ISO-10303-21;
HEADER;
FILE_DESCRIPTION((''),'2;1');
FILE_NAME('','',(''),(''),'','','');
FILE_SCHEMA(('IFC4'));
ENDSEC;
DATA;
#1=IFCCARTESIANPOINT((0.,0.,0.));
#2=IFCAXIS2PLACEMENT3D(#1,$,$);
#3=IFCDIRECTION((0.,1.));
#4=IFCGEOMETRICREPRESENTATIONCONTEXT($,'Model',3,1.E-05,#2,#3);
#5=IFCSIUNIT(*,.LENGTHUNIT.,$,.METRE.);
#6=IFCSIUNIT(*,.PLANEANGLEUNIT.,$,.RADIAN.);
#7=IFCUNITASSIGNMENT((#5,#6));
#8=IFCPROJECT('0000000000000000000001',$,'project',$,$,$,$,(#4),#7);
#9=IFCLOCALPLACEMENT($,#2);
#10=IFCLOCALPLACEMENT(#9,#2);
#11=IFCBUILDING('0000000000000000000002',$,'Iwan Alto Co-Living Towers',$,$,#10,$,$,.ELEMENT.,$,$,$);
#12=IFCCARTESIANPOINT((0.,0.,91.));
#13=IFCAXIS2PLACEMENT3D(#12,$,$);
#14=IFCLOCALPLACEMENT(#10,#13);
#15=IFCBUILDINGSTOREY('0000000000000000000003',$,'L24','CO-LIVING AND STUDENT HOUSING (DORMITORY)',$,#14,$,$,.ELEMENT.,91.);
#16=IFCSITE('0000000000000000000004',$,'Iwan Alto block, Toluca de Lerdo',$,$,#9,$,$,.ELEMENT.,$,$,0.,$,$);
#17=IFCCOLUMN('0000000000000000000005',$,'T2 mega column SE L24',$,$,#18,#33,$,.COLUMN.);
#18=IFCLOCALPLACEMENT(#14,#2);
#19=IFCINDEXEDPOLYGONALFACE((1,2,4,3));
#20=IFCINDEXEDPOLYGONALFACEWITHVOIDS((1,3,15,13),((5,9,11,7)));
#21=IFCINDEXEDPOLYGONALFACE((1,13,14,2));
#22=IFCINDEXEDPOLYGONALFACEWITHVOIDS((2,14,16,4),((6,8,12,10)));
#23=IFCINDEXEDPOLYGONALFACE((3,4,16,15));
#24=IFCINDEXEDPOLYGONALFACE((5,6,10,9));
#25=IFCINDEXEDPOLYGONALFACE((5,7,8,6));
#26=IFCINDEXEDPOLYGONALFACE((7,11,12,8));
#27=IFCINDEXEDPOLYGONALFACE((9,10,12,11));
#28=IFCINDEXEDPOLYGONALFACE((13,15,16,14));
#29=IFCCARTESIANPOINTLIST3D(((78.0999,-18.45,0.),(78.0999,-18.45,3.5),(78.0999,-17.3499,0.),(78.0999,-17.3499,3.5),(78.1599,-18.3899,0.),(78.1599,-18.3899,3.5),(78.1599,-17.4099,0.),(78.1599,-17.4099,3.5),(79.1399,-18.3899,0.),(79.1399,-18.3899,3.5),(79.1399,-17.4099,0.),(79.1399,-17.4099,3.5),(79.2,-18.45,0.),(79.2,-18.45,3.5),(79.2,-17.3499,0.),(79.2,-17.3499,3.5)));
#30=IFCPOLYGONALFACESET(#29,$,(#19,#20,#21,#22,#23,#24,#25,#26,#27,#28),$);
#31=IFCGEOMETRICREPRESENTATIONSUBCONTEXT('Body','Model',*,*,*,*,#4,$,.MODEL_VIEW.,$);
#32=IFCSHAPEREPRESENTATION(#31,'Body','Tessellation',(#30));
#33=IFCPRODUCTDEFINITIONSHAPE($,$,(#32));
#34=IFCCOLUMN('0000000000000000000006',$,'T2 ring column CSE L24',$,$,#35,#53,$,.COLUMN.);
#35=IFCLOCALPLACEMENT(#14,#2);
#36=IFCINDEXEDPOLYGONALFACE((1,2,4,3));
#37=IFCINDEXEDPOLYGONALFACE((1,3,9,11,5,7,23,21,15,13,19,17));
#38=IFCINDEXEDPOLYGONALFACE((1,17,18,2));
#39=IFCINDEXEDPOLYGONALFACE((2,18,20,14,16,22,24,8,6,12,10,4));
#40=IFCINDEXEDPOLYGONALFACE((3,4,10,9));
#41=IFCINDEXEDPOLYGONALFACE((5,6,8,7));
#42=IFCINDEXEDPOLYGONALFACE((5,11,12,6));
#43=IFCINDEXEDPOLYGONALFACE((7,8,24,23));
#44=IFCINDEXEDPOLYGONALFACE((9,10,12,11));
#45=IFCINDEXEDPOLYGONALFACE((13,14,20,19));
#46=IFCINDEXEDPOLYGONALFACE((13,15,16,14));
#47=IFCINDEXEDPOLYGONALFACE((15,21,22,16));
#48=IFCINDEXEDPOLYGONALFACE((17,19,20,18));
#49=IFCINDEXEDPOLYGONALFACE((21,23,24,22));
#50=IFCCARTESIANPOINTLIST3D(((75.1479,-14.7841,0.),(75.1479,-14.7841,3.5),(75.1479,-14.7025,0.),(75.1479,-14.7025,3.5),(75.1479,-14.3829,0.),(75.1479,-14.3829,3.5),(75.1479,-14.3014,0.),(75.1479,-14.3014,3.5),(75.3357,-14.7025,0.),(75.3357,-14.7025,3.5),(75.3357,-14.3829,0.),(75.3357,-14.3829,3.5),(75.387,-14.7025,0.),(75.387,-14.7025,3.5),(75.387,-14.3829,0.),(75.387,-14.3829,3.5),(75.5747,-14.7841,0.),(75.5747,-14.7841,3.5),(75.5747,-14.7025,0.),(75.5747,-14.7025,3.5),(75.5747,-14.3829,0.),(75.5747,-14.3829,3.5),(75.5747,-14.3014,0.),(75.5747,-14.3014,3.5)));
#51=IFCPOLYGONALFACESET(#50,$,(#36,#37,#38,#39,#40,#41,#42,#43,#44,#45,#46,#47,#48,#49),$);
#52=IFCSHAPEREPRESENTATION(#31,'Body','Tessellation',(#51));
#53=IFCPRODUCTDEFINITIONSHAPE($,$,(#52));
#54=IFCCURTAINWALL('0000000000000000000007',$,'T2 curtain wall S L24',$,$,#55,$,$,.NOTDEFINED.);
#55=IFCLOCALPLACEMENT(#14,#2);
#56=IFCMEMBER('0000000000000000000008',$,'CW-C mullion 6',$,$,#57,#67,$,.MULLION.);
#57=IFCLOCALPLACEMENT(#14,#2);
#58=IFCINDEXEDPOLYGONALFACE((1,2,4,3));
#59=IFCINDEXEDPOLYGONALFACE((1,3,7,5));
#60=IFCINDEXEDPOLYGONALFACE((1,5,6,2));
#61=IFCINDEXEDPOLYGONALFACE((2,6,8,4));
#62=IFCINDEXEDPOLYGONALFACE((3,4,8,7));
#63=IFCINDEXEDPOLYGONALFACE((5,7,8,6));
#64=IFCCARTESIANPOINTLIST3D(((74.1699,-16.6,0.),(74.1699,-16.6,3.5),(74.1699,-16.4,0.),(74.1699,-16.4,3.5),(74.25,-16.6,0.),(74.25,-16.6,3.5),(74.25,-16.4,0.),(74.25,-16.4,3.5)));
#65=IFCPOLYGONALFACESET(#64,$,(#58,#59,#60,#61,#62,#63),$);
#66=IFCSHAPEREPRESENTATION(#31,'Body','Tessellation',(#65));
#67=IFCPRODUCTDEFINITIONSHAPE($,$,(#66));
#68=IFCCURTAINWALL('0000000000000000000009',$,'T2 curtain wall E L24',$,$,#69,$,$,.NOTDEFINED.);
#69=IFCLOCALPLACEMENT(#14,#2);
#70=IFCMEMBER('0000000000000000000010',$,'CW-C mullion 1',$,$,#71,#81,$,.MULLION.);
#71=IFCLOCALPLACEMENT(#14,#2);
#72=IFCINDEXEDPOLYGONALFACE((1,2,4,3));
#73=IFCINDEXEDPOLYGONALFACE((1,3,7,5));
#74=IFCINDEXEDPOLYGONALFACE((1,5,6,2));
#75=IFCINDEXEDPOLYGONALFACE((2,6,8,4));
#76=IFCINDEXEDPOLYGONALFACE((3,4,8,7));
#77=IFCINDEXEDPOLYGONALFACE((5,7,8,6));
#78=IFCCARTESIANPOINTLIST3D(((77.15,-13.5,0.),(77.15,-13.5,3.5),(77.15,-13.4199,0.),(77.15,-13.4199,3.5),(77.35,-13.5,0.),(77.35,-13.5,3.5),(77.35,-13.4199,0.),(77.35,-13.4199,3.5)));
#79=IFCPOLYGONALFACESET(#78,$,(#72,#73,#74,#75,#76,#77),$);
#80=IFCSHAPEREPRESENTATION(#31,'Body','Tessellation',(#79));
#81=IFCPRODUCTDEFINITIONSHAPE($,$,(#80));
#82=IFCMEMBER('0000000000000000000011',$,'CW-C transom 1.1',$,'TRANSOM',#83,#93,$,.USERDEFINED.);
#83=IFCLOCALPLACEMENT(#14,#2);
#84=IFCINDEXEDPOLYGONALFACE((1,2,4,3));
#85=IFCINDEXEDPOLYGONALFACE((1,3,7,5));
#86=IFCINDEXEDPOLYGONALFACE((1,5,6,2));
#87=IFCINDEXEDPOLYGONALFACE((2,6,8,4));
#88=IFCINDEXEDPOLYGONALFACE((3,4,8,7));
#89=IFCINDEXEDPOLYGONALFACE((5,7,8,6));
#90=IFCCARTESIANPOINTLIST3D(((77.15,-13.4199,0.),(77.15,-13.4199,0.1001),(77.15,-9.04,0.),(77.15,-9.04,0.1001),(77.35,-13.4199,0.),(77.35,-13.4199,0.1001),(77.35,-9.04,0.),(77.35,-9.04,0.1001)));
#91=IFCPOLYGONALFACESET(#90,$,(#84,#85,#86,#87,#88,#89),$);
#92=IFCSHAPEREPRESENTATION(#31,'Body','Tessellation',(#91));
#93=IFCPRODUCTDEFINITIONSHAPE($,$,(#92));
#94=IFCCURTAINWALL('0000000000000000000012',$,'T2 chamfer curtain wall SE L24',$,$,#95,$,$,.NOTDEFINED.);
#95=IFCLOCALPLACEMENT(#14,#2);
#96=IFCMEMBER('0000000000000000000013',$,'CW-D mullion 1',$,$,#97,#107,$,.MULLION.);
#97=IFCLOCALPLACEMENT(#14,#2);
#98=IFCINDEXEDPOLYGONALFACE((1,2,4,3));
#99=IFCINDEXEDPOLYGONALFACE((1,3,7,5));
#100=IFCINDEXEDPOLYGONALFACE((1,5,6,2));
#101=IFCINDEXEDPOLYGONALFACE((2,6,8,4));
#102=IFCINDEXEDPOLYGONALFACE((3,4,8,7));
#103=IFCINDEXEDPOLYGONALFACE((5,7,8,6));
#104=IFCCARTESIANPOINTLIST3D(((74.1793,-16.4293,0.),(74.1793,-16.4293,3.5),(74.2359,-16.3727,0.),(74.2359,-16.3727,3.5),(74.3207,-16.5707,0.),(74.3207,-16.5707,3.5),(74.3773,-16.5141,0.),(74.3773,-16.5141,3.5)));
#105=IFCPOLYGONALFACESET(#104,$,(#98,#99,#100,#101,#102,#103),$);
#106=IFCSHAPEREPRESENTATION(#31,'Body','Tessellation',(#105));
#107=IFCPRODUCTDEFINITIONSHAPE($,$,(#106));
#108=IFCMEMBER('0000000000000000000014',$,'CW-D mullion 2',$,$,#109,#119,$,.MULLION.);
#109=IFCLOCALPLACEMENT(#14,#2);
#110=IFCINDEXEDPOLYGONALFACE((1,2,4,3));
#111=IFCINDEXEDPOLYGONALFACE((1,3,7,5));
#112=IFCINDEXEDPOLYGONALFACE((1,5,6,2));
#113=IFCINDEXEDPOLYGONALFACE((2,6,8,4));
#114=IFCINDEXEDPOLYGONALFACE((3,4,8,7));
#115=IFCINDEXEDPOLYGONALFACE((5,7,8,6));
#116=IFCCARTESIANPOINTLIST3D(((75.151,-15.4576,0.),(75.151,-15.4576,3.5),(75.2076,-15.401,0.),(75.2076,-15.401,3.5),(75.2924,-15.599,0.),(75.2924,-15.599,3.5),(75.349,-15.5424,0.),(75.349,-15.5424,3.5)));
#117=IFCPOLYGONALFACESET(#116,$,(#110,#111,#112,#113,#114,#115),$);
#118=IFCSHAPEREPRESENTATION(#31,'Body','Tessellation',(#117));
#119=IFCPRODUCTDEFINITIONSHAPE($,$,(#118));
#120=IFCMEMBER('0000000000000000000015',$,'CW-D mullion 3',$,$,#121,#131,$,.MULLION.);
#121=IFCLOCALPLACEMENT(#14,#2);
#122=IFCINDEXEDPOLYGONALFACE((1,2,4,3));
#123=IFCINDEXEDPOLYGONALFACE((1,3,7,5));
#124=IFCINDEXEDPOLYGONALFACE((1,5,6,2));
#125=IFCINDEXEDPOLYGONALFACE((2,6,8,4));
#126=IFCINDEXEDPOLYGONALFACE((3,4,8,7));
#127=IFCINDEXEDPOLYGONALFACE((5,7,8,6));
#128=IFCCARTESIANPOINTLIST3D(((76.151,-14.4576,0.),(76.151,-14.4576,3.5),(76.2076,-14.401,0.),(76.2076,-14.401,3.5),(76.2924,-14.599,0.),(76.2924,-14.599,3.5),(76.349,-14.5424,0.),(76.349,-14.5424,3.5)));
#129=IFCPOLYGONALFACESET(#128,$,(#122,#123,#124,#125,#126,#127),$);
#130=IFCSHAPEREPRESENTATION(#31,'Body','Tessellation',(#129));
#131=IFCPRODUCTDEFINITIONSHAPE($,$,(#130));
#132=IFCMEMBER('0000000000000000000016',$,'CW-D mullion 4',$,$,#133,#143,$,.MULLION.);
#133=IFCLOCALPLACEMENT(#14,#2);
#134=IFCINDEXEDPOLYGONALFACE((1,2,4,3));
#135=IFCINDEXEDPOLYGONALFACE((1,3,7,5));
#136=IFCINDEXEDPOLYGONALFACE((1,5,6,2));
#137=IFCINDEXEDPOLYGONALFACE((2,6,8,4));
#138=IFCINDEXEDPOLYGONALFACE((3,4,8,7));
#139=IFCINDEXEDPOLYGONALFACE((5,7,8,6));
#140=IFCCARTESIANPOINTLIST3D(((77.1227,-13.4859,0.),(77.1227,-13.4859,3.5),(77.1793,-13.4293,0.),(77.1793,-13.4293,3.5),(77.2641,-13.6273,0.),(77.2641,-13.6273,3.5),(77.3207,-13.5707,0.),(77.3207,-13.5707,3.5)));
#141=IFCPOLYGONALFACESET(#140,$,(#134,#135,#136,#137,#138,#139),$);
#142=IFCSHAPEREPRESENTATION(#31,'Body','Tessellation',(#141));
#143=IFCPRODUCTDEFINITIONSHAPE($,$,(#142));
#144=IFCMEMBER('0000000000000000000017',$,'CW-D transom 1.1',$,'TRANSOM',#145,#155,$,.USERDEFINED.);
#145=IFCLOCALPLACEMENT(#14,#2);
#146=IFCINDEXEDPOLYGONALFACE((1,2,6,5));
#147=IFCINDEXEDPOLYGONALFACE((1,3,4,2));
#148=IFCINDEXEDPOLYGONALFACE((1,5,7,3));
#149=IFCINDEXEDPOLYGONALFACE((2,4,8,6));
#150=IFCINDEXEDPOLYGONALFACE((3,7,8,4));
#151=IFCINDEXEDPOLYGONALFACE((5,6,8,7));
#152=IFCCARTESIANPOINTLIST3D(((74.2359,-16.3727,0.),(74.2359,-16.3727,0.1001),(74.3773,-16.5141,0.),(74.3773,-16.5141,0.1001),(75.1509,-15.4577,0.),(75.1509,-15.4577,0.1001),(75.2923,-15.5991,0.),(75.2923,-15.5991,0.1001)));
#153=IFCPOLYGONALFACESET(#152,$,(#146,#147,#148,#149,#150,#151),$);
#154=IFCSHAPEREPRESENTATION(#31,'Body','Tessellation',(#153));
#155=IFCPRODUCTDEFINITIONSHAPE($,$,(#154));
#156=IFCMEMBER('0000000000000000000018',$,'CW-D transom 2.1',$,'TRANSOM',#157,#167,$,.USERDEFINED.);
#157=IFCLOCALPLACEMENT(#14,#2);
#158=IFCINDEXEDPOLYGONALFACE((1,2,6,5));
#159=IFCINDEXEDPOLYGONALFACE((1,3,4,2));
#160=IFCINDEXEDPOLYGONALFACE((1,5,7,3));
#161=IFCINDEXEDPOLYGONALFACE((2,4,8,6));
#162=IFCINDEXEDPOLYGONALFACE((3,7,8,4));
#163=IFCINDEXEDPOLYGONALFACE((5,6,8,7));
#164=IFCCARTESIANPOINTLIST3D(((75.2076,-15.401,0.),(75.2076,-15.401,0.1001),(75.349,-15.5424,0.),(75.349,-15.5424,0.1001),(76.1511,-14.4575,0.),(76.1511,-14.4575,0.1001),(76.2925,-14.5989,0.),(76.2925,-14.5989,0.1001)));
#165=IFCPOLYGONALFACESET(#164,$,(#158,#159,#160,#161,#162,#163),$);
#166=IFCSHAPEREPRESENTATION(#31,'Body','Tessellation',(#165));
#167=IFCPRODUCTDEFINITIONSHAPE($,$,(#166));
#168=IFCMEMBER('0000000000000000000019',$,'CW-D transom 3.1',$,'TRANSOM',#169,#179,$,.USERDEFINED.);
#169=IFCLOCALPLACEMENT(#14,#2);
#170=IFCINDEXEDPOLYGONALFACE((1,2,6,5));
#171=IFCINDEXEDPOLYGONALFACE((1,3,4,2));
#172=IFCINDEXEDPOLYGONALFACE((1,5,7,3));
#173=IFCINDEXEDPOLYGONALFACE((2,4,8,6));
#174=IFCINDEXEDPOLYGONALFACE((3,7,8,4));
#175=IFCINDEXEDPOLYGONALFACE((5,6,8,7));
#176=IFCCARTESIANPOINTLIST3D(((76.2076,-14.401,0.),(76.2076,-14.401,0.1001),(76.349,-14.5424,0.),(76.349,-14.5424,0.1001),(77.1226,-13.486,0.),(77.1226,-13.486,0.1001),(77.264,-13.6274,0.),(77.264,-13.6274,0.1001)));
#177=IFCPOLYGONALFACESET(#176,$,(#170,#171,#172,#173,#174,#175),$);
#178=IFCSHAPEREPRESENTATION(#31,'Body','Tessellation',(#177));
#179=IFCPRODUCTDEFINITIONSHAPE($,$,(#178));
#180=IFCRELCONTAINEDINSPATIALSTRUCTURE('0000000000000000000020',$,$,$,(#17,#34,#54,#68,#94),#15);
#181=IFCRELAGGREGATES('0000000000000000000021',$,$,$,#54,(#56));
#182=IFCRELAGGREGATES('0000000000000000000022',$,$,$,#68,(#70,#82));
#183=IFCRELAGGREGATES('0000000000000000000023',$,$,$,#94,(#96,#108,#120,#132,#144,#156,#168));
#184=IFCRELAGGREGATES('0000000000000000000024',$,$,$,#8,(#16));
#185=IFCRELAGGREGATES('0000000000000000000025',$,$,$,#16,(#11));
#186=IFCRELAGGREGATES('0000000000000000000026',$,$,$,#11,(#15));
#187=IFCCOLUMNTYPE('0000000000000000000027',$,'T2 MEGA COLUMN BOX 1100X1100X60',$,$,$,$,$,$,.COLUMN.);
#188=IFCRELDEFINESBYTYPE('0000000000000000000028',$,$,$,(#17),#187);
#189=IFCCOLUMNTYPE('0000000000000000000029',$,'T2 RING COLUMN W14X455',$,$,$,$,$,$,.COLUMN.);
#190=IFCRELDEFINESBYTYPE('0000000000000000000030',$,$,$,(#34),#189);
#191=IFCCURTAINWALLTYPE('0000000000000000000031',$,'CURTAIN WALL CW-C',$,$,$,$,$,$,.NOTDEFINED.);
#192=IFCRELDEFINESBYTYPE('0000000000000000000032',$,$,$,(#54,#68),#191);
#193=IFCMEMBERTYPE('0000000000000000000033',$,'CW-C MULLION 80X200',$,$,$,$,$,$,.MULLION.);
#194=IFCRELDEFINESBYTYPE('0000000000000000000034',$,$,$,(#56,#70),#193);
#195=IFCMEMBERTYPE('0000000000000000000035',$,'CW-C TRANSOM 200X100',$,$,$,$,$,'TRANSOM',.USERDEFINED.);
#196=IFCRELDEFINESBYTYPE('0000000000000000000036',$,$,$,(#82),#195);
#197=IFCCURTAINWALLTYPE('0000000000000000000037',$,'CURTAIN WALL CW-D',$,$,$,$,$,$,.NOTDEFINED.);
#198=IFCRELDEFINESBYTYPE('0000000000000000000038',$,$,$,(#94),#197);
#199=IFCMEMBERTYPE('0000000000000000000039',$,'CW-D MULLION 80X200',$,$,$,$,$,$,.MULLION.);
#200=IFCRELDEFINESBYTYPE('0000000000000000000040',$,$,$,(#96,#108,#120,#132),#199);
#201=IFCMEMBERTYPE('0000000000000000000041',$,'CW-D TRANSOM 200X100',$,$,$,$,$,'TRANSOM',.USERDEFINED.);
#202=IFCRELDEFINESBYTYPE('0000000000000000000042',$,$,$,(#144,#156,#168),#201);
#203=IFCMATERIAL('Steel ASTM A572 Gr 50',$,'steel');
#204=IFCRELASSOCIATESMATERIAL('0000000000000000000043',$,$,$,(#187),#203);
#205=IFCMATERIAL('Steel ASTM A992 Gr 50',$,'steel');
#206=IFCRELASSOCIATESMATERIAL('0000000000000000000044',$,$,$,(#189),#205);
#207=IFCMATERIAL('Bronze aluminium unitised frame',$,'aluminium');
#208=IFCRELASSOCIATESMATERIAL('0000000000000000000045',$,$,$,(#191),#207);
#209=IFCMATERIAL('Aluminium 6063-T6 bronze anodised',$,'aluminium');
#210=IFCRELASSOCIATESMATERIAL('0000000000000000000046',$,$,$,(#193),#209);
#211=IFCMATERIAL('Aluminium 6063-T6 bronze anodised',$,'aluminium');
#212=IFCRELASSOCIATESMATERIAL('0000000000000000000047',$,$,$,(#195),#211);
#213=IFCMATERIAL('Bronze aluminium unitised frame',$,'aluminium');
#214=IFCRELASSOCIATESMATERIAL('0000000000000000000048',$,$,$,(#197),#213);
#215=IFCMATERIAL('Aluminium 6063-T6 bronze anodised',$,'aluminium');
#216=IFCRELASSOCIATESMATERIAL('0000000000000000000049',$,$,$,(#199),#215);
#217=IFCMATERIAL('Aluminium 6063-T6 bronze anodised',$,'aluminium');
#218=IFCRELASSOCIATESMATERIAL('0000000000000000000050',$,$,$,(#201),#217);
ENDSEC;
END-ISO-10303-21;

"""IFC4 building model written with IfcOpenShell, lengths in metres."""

from ifc_helpers import new_model, si_unit, direction, frame, origin, origin_2d, place, context, subcontext, project, spatial, rectangle, hollow_rectangle, i_section, extrude, material, material_profile, profile_set, type_object, element, aggregate, save


model = new_model("IFC4")

# Units and contexts
model_context = context("Model", 3, precision=1e-05, world=origin(), true_north=direction((0.0, 1.0)))
body_context = subcontext(model_context, "Body", "Model", "MODEL_VIEW")
ifc_project = project(units=[si_unit("LENGTHUNIT", "METRE"), si_unit("PLANEANGLEUNIT", "RADIAN")], contexts=[model_context])

# Site, building, storey
site_placement = place(None, origin())
site = spatial("IfcSite", under=ifc_project, at=site_placement, Name="Iwan Alto block, Toluca de Lerdo", CompositionType="ELEMENT", RefElevation=0.0)
building_placement = place(site_placement, origin())
building = spatial("IfcBuilding", under=site, at=building_placement, Name="Iwan Alto Co-Living Towers", CompositionType="ELEMENT")
storey_placement = place(building_placement, frame((0.0, 0.0, 91.0)))
storey = spatial("IfcBuildingStorey", under=building, at=storey_placement, Name="L24", Description="CO-LIVING AND STUDENT HOUSING (DORMITORY)", CompositionType="ELEMENT", Elevation=91.0)

# Columns
ifc_material_1 = material(Name="Steel ASTM A572 Gr 50", Category="steel")
ifc_material_profile_1 = material_profile(ifc_material_1, hollow_rectangle(XDim=1.1001, YDim=1.1001, WallThickness=0.0601, at=origin_2d()), Name="BOX 1100X1100X60")
ifc_profile_set_1 = profile_set([ifc_material_profile_1], Name="Steel ASTM A572 Gr 50")
column_type_1 = type_object("IfcColumnType", Name="T2 MEGA COLUMN BOX 1100X1100X60", PredefinedType="COLUMN", material=ifc_profile_set_1)
column_1_placement = place(storey_placement, frame((78.6499, -17.8999, 0.0), z_axis=(0.0, 0.0, 1.0), x_axis=(1.0, 0.0, 0.0)))
element("IfcColumn", 1, at=column_1_placement, inside=storey, type_object=column_type_1, Name="T2 mega column SE L24", PredefinedType="COLUMN", context=body_context, shape_type="SweptSolid", body=[
    extrude(hollow_rectangle(XDim=1.1001, YDim=1.1001, WallThickness=0.0601, at=origin_2d()), origin(), (0.0, 0.0, 1.0), 3.5),
])
ifc_material_2 = material(Name="Steel ASTM A992 Gr 50", Category="steel")
ifc_material_profile_2 = material_profile(ifc_material_2, i_section(OverallWidth=0.4268, OverallDepth=0.4827, WebThickness=0.0513, FlangeThickness=0.0815, at=origin_2d()), Name="W14X455")
ifc_profile_set_2 = profile_set([ifc_material_profile_2], Name="Steel ASTM A992 Gr 50")
column_type_2 = type_object("IfcColumnType", Name="T2 RING COLUMN W14X455", PredefinedType="COLUMN", material=ifc_profile_set_2)
column_2_placement = place(storey_placement, frame((75.3613, -14.5427, 0.0), z_axis=(0.0, 0.0, 1.0), x_axis=(1.0, 0.0, 0.0)))
element("IfcColumn", 2, at=column_2_placement, inside=storey, type_object=column_type_2, Name="T2 ring column CSE L24", PredefinedType="COLUMN", context=body_context, shape_type="SweptSolid", body=[
    extrude(i_section(OverallWidth=0.4268, OverallDepth=0.4827, WebThickness=0.0513, FlangeThickness=0.0815, at=origin_2d()), origin(), (0.0, 0.0, 1.0), 3.5),
])

# Curtain wall, member
ifc_material_3 = material(Name="Bronze aluminium unitised frame", Category="aluminium")
curtain_wall_type_1 = type_object("IfcCurtainWallType", Name="CURTAIN WALL CW-C", PredefinedType="NOTDEFINED", material=ifc_material_3)
curtain_wall_1_placement = place(storey_placement, origin())
curtain_wall_1 = element("IfcCurtainWall", 3, at=curtain_wall_1_placement, inside=storey, type_object=curtain_wall_type_1, Name="T2 curtain wall S L24", PredefinedType="NOTDEFINED")
ifc_material_4 = material(Name="Aluminium 6063-T6 bronze anodised", Category="aluminium")
ifc_material_profile_3 = material_profile(ifc_material_4, rectangle(XDim=0.2, YDim=0.0801, at=origin_2d()), Name="AL 80X200")
ifc_profile_set_3 = profile_set([ifc_material_profile_3], Name="Aluminium 6063-T6 bronze anodised")
member_type_1 = type_object("IfcMemberType", Name="CW-C MULLION 80X200", PredefinedType="MULLION", material=ifc_profile_set_3)
member_1_placement = place(storey_placement, frame((74.21, -16.5, 0.0), z_axis=(0.0, 0.0, 1.0), x_axis=(0.0, 1.0, 0.0)))
member_1 = element("IfcMember", 4, at=member_1_placement, type_object=member_type_1, Name="CW-C mullion 6", PredefinedType="MULLION", context=body_context, shape_type="SweptSolid", body=[
    extrude(rectangle(XDim=0.2, YDim=0.0801, at=origin_2d()), origin(), (0.0, 0.0, 1.0), 3.5),
])
aggregate(curtain_wall_1, [member_1])

# Curtain walls, members
curtain_wall_2_placement = place(storey_placement, origin())
curtain_wall_2 = element("IfcCurtainWall", 5, at=curtain_wall_2_placement, inside=storey, type_object=curtain_wall_type_1, Name="T2 curtain wall E L24", PredefinedType="NOTDEFINED")
member_2_placement = place(storey_placement, frame((77.25, -13.46, 0.0), z_axis=(0.0, 0.0, 1.0), x_axis=(-1.0, 0.0, 0.0)))
member_2 = element("IfcMember", 6, at=member_2_placement, type_object=member_type_1, Name="CW-C mullion 1", PredefinedType="MULLION", context=body_context, shape_type="SweptSolid", body=[
    extrude(rectangle(XDim=0.2, YDim=0.0801, at=origin_2d()), origin(), (0.0, 0.0, 1.0), 3.5),
])
ifc_material_5 = material(Name="Aluminium 6063-T6 bronze anodised", Category="aluminium")
ifc_material_profile_4 = material_profile(ifc_material_5, rectangle(XDim=0.2, YDim=0.1001, at=origin_2d()), Name="AL 200X100")
ifc_profile_set_4 = profile_set([ifc_material_profile_4], Name="Aluminium 6063-T6 bronze anodised")
member_type_2 = type_object("IfcMemberType", Name="CW-C TRANSOM 200X100", ElementType="TRANSOM", PredefinedType="USERDEFINED", material=ifc_profile_set_4)
member_3_placement = place(storey_placement, frame((77.25, -13.4199, 0.05), z_axis=(0.0, 1.0, 0.0), x_axis=(-1.0, 0.0, 0.0)))
member_3 = element("IfcMember", 7, at=member_3_placement, type_object=member_type_2, Name="CW-C transom 1.1", ObjectType="TRANSOM", PredefinedType="USERDEFINED", context=body_context, shape_type="SweptSolid", body=[
    extrude(rectangle(XDim=0.2, YDim=0.1001, at=origin_2d()), origin(), (0.0, 0.0, 1.0), 4.3799),
])
aggregate(curtain_wall_2, [member_2, member_3])
ifc_material_6 = material(Name="Bronze aluminium unitised frame", Category="aluminium")
curtain_wall_type_2 = type_object("IfcCurtainWallType", Name="CURTAIN WALL CW-D", PredefinedType="NOTDEFINED", material=ifc_material_6)
curtain_wall_3_placement = place(storey_placement, origin())
curtain_wall_3 = element("IfcCurtainWall", 8, at=curtain_wall_3_placement, inside=storey, type_object=curtain_wall_type_2, Name="T2 chamfer curtain wall SE L24", PredefinedType="NOTDEFINED")
ifc_material_7 = material(Name="Aluminium 6063-T6 bronze anodised", Category="aluminium")
ifc_material_profile_5 = material_profile(ifc_material_7, rectangle(XDim=0.2, YDim=0.0801, at=origin_2d()), Name="AL 80X200")
ifc_profile_set_5 = profile_set([ifc_material_profile_5], Name="Aluminium 6063-T6 bronze anodised")
member_type_3 = type_object("IfcMemberType", Name="CW-D MULLION 80X200", PredefinedType="MULLION", material=ifc_profile_set_5)
member_4_placement = place(storey_placement, frame((74.2783, -16.4717, 0.0), z_axis=(0.0, 0.0, 1.0), x_axis=(-0.707107, 0.707107, 0.0)))
member_4 = element("IfcMember", 9, at=member_4_placement, type_object=member_type_3, Name="CW-D mullion 1", PredefinedType="MULLION", context=body_context, shape_type="SweptSolid", body=[
    extrude(rectangle(XDim=0.2, YDim=0.0801, at=origin_2d()), origin(), (0.0, 0.0, 1.0), 3.5),
])
member_5_placement = place(storey_placement, frame((75.25, -15.5, 0.0), z_axis=(0.0, 0.0, 1.0), x_axis=(-0.707107, 0.707107, 0.0)))
member_5 = element("IfcMember", 10, at=member_5_placement, type_object=member_type_3, Name="CW-D mullion 2", PredefinedType="MULLION", context=body_context, shape_type="SweptSolid", body=[
    extrude(rectangle(XDim=0.2, YDim=0.0801, at=origin_2d()), origin(), (0.0, 0.0, 1.0), 3.5),
])
member_6_placement = place(storey_placement, frame((76.25, -14.5, 0.0), z_axis=(0.0, 0.0, 1.0), x_axis=(-0.707107, 0.707107, 0.0)))
member_6 = element("IfcMember", 11, at=member_6_placement, type_object=member_type_3, Name="CW-D mullion 3", PredefinedType="MULLION", context=body_context, shape_type="SweptSolid", body=[
    extrude(rectangle(XDim=0.2, YDim=0.0801, at=origin_2d()), origin(), (0.0, 0.0, 1.0), 3.5),
])
member_7_placement = place(storey_placement, frame((77.2217, -13.5283, 0.0), z_axis=(0.0, 0.0, 1.0), x_axis=(-0.707107, 0.707107, 0.0)))
member_7 = element("IfcMember", 12, at=member_7_placement, type_object=member_type_3, Name="CW-D mullion 4", PredefinedType="MULLION", context=body_context, shape_type="SweptSolid", body=[
    extrude(rectangle(XDim=0.2, YDim=0.0801, at=origin_2d()), origin(), (0.0, 0.0, 1.0), 3.5),
])
ifc_material_8 = material(Name="Aluminium 6063-T6 bronze anodised", Category="aluminium")
ifc_material_profile_6 = material_profile(ifc_material_8, rectangle(XDim=0.2, YDim=0.1001, at=origin_2d()), Name="AL 200X100")
ifc_profile_set_6 = profile_set([ifc_material_profile_6], Name="Aluminium 6063-T6 bronze anodised")
member_type_4 = type_object("IfcMemberType", Name="CW-D TRANSOM 200X100", ElementType="TRANSOM", PredefinedType="USERDEFINED", material=ifc_profile_set_6)
member_8_placement = place(storey_placement, frame((74.3066, -16.4434, 0.05), z_axis=(0.707107, 0.707107, 0.0), x_axis=(-0.707107, 0.707107, 0.0)))
member_8 = element("IfcMember", 13, at=member_8_placement, type_object=member_type_4, Name="CW-D transom 1.1", ObjectType="TRANSOM", PredefinedType="USERDEFINED", context=body_context, shape_type="SweptSolid", body=[
    extrude(rectangle(XDim=0.2, YDim=0.1001, at=origin_2d()), origin(), (0.0, 0.0, 1.0), 1.2939),
])
member_9_placement = place(storey_placement, frame((75.2783, -15.4717, 0.05), z_axis=(0.707107, 0.707107, 0.0), x_axis=(-0.707107, 0.707107, 0.0)))
member_9 = element("IfcMember", 14, at=member_9_placement, type_object=member_type_4, Name="CW-D transom 2.1", ObjectType="TRANSOM", PredefinedType="USERDEFINED", context=body_context, shape_type="SweptSolid", body=[
    extrude(rectangle(XDim=0.2, YDim=0.1001, at=origin_2d()), origin(), (0.0, 0.0, 1.0), 1.3342),
])
member_10_placement = place(storey_placement, frame((76.2783, -14.4717, 0.05), z_axis=(0.707107, 0.707107, 0.0), x_axis=(-0.707107, 0.707107, 0.0)))
member_10 = element("IfcMember", 15, at=member_10_placement, type_object=member_type_4, Name="CW-D transom 3.1", ObjectType="TRANSOM", PredefinedType="USERDEFINED", context=body_context, shape_type="SweptSolid", body=[
    extrude(rectangle(XDim=0.2, YDim=0.1001, at=origin_2d()), origin(), (0.0, 0.0, 1.0), 1.2939),
])

aggregate(curtain_wall_3, [member_4, member_5, member_6, member_7, member_8, member_9, member_10])

save(model, "model.ifc")
